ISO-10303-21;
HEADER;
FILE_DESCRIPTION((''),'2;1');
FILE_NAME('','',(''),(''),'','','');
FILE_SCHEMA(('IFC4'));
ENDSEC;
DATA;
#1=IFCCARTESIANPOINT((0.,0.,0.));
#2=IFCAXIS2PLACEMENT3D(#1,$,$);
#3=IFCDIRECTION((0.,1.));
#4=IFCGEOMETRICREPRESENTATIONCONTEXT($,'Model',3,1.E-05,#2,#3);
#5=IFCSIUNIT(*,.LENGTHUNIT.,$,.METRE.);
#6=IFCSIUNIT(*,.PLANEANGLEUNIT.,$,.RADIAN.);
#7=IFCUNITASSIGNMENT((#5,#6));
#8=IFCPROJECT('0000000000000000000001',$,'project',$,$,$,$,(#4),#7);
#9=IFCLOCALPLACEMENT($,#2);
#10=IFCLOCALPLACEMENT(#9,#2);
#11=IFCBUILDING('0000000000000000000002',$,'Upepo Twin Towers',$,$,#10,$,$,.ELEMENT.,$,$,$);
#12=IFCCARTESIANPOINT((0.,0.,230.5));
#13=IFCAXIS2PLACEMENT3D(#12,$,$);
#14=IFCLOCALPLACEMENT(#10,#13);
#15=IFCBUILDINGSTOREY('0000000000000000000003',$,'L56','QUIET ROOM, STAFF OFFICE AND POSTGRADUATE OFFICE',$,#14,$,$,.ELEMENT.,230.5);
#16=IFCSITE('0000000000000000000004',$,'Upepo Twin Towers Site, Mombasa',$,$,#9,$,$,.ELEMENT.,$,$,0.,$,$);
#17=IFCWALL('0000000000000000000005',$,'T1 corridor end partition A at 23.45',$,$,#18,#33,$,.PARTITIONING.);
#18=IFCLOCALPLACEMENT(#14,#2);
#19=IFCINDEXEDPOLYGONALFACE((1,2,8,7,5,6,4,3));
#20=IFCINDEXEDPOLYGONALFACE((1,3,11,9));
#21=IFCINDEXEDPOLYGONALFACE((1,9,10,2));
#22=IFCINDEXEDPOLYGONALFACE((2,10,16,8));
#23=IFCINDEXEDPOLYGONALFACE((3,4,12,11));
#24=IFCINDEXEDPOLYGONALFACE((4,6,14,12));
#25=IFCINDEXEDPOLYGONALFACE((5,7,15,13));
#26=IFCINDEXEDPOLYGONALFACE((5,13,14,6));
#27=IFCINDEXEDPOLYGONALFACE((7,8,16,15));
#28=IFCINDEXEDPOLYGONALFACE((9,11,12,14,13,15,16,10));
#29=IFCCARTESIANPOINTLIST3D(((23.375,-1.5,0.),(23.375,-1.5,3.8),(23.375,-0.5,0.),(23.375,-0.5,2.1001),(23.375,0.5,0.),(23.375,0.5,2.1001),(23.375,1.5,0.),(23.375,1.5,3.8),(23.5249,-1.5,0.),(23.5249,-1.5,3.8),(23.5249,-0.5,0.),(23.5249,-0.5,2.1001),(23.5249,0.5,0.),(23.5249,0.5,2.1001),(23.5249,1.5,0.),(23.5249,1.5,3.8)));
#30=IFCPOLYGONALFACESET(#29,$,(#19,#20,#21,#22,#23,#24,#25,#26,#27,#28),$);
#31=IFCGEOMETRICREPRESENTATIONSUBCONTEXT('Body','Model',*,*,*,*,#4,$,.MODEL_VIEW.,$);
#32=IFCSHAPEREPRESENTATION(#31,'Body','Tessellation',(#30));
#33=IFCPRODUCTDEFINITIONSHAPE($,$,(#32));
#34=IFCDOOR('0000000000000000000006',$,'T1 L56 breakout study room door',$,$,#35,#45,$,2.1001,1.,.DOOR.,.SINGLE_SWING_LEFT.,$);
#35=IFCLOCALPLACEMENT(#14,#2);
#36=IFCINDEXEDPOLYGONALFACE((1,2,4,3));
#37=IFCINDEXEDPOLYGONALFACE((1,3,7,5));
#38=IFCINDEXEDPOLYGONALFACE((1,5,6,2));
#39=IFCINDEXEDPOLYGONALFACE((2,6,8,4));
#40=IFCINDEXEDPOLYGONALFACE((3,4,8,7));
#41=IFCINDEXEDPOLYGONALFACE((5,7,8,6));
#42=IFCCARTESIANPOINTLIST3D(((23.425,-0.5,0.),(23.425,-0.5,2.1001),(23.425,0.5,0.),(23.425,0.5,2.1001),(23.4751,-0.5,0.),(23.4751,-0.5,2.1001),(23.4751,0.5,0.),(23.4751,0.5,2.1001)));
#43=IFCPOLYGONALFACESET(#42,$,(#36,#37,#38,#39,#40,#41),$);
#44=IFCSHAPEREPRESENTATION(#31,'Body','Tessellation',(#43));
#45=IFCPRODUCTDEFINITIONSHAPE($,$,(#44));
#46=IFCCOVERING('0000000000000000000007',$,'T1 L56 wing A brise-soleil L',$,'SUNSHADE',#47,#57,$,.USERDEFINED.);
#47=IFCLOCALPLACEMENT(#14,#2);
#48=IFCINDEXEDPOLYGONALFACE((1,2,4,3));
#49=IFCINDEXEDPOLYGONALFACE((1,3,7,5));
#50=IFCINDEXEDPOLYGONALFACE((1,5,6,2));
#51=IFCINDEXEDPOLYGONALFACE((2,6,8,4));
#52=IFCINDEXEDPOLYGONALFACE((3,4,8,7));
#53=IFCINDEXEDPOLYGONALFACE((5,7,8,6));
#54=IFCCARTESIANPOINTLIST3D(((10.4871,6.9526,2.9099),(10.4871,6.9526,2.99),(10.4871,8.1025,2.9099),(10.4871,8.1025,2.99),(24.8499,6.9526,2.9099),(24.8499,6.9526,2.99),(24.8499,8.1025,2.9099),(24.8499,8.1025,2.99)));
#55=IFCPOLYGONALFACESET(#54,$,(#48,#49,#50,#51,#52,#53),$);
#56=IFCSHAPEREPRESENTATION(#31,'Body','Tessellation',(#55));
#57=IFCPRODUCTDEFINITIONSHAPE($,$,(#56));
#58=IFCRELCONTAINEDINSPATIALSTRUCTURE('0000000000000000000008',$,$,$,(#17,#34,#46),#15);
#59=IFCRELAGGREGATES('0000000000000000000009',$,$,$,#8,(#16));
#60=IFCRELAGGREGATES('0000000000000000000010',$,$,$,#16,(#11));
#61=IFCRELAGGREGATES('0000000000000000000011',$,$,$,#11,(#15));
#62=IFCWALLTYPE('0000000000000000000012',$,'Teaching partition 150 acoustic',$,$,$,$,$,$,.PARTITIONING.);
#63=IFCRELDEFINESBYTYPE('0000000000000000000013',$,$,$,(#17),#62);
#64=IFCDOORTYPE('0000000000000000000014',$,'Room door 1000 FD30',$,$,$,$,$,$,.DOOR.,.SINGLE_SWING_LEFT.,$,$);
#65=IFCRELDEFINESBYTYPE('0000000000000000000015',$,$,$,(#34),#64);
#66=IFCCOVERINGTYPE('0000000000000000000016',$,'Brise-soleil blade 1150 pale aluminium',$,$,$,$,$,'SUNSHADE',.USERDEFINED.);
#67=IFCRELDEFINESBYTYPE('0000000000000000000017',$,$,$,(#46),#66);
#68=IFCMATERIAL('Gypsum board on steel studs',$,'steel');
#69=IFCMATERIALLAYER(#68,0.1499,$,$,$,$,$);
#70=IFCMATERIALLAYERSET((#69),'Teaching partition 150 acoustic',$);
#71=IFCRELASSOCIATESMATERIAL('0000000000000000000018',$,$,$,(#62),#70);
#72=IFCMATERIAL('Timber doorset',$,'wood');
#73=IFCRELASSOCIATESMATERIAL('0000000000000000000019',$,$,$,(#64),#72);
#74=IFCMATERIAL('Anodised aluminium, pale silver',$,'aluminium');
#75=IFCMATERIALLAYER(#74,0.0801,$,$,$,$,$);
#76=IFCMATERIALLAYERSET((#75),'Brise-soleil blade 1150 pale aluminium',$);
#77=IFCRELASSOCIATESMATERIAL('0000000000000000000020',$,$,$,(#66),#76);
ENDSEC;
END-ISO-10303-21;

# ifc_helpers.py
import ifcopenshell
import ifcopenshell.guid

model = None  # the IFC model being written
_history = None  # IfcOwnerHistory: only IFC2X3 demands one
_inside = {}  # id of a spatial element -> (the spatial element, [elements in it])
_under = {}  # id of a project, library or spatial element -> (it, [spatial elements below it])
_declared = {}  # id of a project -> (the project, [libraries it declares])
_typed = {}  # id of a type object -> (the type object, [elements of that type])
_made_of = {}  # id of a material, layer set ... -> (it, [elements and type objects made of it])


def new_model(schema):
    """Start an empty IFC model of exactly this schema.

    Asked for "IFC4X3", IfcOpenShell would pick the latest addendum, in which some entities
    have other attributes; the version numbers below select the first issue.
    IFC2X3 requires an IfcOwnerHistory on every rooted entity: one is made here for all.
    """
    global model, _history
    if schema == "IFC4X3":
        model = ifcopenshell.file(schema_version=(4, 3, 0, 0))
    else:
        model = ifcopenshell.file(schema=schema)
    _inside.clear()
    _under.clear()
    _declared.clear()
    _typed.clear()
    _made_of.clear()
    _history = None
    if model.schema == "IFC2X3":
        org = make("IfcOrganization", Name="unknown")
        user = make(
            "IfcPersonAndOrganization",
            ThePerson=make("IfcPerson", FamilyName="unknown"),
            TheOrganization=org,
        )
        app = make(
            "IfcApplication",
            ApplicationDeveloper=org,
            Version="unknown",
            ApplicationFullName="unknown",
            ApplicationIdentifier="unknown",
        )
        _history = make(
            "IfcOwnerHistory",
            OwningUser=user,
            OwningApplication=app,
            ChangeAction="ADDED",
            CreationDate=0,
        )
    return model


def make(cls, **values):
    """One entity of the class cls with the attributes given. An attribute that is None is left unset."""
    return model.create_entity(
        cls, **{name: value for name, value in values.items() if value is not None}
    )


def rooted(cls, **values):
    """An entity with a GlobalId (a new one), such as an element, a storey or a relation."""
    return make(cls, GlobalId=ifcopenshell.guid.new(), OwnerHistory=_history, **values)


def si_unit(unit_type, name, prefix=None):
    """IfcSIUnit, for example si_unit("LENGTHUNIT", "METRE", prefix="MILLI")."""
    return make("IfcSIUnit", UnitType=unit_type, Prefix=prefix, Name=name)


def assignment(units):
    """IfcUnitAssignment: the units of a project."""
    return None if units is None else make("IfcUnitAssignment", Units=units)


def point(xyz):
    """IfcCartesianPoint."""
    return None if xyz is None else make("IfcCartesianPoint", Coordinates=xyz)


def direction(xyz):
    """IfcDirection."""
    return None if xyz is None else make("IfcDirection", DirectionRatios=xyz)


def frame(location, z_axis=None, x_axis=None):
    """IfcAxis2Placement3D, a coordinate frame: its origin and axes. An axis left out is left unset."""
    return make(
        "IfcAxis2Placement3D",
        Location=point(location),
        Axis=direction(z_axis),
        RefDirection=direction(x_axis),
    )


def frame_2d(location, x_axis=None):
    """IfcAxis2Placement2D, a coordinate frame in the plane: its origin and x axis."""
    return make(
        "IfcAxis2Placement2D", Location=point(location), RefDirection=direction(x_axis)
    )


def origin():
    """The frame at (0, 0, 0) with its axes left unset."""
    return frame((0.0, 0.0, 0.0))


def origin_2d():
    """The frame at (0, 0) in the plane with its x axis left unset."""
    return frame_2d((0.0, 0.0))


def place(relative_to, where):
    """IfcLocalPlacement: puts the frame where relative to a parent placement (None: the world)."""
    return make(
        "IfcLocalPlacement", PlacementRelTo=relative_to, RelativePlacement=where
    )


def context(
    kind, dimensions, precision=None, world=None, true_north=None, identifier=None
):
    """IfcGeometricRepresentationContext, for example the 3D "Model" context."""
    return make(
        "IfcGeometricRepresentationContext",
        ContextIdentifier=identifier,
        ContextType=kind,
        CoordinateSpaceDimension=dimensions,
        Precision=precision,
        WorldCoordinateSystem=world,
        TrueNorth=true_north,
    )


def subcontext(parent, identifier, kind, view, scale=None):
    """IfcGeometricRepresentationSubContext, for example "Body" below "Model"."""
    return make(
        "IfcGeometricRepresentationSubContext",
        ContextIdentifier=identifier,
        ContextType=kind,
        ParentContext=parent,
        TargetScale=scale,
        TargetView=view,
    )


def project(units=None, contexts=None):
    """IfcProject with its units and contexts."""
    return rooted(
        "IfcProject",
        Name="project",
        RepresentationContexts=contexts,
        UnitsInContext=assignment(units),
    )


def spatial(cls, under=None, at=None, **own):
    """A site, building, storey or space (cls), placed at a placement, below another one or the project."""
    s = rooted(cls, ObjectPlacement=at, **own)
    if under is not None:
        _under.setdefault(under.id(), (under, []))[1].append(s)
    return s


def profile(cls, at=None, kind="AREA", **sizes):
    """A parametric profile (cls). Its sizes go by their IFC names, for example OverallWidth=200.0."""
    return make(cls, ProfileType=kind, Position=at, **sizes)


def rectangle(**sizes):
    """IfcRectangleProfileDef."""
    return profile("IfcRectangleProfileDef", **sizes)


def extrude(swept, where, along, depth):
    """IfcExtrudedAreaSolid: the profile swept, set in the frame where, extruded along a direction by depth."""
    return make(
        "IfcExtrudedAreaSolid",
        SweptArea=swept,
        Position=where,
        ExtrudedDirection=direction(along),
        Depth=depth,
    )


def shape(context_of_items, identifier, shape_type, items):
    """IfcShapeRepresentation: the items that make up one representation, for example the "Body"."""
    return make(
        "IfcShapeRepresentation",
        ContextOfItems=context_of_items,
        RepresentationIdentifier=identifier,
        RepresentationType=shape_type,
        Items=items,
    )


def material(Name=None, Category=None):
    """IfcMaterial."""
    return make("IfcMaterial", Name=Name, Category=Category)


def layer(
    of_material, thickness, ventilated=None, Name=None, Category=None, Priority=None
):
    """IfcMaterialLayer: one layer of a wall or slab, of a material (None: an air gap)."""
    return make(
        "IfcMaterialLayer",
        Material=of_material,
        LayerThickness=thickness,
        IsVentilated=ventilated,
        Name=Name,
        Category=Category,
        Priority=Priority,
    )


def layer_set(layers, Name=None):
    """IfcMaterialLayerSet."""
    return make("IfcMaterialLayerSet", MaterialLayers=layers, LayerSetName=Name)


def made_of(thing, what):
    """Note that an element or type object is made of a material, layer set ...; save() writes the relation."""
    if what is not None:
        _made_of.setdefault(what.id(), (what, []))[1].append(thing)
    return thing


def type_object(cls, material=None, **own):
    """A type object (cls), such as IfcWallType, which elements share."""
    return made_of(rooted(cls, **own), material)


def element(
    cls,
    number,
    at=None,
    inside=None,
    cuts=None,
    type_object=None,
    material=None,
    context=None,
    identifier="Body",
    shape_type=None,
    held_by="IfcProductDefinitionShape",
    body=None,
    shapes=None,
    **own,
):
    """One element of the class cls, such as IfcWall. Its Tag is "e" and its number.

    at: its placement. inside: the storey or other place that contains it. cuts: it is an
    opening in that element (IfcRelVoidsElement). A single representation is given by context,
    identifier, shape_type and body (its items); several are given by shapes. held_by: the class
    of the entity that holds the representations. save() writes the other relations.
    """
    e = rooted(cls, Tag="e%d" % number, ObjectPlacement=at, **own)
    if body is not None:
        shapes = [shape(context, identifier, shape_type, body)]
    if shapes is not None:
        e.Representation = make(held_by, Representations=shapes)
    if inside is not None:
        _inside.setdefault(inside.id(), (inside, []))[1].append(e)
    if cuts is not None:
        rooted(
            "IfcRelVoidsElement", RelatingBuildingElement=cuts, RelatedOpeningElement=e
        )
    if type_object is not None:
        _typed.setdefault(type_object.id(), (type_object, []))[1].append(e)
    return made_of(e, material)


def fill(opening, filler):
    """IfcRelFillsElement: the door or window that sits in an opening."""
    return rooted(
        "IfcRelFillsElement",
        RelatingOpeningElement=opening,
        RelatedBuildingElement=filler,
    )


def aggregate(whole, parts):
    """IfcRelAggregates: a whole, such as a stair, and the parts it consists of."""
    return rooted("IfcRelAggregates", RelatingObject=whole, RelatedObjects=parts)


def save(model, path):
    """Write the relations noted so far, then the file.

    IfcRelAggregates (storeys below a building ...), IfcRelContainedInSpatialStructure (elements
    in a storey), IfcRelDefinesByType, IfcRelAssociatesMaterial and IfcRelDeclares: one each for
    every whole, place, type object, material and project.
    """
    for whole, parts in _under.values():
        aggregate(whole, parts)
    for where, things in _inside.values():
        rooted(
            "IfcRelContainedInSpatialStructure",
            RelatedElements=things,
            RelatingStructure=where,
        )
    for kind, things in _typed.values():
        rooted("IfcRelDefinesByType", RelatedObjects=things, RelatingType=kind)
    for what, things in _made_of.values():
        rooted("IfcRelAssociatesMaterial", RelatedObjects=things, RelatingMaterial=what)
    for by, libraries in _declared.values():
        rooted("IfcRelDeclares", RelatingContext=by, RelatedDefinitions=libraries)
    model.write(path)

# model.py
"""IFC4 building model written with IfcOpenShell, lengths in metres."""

from ifc_helpers import new_model, si_unit, direction, frame, frame_2d, origin, origin_2d, place, context, subcontext, project, spatial, rectangle, extrude, material, layer, layer_set, type_object, element, fill, save


model = new_model("IFC4")

# Units and contexts
model_context = context("Model", 3, precision=1e-05, world=origin(), true_north=direction((0.0, 1.0)))
body_context = subcontext(model_context, "Body", "Model", "MODEL_VIEW")
ifc_project = project(units=[si_unit("LENGTHUNIT", "METRE"), si_unit("PLANEANGLEUNIT", "RADIAN")], contexts=[model_context])

# Site, building, storey
site_placement = place(None, origin())
site = spatial("IfcSite", under=ifc_project, at=site_placement, Name="Upepo Twin Towers Site, Mombasa", CompositionType="ELEMENT", RefElevation=0.0)
building_placement = place(site_placement, origin())
building = spatial("IfcBuilding", under=site, at=building_placement, Name="Upepo Twin Towers", CompositionType="ELEMENT")
storey_placement = place(building_placement, frame((0.0, 0.0, 230.5)))
storey = spatial("IfcBuildingStorey", under=building, at=storey_placement, Name="L56", Description="QUIET ROOM, STAFF OFFICE AND POSTGRADUATE OFFICE", CompositionType="ELEMENT", Elevation=230.5)

# Wall, opening, door
ifc_material_1 = material(Name="Gypsum board on steel studs", Category="steel")
ifc_layer_1 = layer(ifc_material_1, 0.1499)
ifc_layer_set_1 = layer_set([ifc_layer_1], Name="Teaching partition 150 acoustic")
wall_type_1 = type_object("IfcWallType", Name="Teaching partition 150 acoustic", PredefinedType="PARTITIONING", material=ifc_layer_set_1)
wall_1_placement = place(storey_placement, frame((23.45, -1.5, 0.0), z_axis=(0.0, 0.0, 1.0), x_axis=(0.0, 1.0, 0.0)))
wall_1 = element("IfcWall", 1, at=wall_1_placement, inside=storey, type_object=wall_type_1, Name="T1 corridor end partition A at 23.45", PredefinedType="PARTITIONING", context=body_context, shape_type="SweptSolid", body=[
    extrude(rectangle(XDim=3.0, YDim=0.1499, at=frame_2d((1.5, 0.0))), origin(), (0.0, 0.0, 1.0), 3.8),
])
opening_1_placement = place(wall_1_placement, frame((1.0, 0.0, 0.0)))
opening_1 = element("IfcOpeningElement", 2, at=opening_1_placement, cuts=wall_1, PredefinedType="OPENING", context=body_context, shape_type="SweptSolid", body=[
    extrude(rectangle(XDim=1.0, YDim=2.1001, at=frame_2d((0.5, 1.05))), frame((0.0, 0.085, 0.0), z_axis=(0.0, -1.0, 0.0), x_axis=(1.0, 0.0, 0.0)), (0.0, 0.0, 1.0), 0.1699),
])
ifc_material_2 = material(Name="Timber doorset", Category="wood")
door_type_1 = type_object("IfcDoorType", Name="Room door 1000 FD30", OperationType="SINGLE_SWING_LEFT", PredefinedType="DOOR", material=ifc_material_2)
door_1_placement = place(opening_1_placement, origin())
door_1 = element("IfcDoor", 3, at=door_1_placement, inside=storey, type_object=door_type_1, Name="T1 L56 breakout study room door", OperationType="SINGLE_SWING_LEFT", OverallHeight=2.1001, OverallWidth=1.0, PredefinedType="DOOR", context=body_context, shape_type="SweptSolid", body=[
    extrude(rectangle(XDim=1.0, YDim=2.1001, at=frame_2d((0.5, 1.05))), frame((0.0, 0.0249, 0.0), z_axis=(0.0, -1.0, 0.0), x_axis=(1.0, 0.0, 0.0)), (0.0, 0.0, 1.0), 0.05),
])
fill(opening_1, door_1)

# Covering
ifc_material_3 = material(Name="Anodised aluminium, pale silver", Category="aluminium")
ifc_layer_2 = layer(ifc_material_3, 0.0801)
ifc_layer_set_2 = layer_set([ifc_layer_2], Name="Brise-soleil blade 1150 pale aluminium")
covering_type = type_object("IfcCoveringType", Name="Brise-soleil blade 1150 pale aluminium", ElementType="SUNSHADE", PredefinedType="USERDEFINED", material=ifc_layer_set_2)
covering_placement = place(storey_placement, frame((17.6685, 7.5276, 2.9099), z_axis=(0.0, 0.0, 1.0), x_axis=(1.0, 0.0, 0.0)))
element("IfcCovering", 4, at=covering_placement, inside=storey, type_object=covering_type, Name="T1 L56 wing A brise-soleil L", ObjectType="SUNSHADE", PredefinedType="USERDEFINED", context=body_context, shape_type="SweptSolid", body=[
    extrude(rectangle(XDim=14.3628, YDim=1.1499, at=origin_2d()), origin(), (0.0, 0.0, 1.0), 0.0801),
])

save(model, "model.ifc")
